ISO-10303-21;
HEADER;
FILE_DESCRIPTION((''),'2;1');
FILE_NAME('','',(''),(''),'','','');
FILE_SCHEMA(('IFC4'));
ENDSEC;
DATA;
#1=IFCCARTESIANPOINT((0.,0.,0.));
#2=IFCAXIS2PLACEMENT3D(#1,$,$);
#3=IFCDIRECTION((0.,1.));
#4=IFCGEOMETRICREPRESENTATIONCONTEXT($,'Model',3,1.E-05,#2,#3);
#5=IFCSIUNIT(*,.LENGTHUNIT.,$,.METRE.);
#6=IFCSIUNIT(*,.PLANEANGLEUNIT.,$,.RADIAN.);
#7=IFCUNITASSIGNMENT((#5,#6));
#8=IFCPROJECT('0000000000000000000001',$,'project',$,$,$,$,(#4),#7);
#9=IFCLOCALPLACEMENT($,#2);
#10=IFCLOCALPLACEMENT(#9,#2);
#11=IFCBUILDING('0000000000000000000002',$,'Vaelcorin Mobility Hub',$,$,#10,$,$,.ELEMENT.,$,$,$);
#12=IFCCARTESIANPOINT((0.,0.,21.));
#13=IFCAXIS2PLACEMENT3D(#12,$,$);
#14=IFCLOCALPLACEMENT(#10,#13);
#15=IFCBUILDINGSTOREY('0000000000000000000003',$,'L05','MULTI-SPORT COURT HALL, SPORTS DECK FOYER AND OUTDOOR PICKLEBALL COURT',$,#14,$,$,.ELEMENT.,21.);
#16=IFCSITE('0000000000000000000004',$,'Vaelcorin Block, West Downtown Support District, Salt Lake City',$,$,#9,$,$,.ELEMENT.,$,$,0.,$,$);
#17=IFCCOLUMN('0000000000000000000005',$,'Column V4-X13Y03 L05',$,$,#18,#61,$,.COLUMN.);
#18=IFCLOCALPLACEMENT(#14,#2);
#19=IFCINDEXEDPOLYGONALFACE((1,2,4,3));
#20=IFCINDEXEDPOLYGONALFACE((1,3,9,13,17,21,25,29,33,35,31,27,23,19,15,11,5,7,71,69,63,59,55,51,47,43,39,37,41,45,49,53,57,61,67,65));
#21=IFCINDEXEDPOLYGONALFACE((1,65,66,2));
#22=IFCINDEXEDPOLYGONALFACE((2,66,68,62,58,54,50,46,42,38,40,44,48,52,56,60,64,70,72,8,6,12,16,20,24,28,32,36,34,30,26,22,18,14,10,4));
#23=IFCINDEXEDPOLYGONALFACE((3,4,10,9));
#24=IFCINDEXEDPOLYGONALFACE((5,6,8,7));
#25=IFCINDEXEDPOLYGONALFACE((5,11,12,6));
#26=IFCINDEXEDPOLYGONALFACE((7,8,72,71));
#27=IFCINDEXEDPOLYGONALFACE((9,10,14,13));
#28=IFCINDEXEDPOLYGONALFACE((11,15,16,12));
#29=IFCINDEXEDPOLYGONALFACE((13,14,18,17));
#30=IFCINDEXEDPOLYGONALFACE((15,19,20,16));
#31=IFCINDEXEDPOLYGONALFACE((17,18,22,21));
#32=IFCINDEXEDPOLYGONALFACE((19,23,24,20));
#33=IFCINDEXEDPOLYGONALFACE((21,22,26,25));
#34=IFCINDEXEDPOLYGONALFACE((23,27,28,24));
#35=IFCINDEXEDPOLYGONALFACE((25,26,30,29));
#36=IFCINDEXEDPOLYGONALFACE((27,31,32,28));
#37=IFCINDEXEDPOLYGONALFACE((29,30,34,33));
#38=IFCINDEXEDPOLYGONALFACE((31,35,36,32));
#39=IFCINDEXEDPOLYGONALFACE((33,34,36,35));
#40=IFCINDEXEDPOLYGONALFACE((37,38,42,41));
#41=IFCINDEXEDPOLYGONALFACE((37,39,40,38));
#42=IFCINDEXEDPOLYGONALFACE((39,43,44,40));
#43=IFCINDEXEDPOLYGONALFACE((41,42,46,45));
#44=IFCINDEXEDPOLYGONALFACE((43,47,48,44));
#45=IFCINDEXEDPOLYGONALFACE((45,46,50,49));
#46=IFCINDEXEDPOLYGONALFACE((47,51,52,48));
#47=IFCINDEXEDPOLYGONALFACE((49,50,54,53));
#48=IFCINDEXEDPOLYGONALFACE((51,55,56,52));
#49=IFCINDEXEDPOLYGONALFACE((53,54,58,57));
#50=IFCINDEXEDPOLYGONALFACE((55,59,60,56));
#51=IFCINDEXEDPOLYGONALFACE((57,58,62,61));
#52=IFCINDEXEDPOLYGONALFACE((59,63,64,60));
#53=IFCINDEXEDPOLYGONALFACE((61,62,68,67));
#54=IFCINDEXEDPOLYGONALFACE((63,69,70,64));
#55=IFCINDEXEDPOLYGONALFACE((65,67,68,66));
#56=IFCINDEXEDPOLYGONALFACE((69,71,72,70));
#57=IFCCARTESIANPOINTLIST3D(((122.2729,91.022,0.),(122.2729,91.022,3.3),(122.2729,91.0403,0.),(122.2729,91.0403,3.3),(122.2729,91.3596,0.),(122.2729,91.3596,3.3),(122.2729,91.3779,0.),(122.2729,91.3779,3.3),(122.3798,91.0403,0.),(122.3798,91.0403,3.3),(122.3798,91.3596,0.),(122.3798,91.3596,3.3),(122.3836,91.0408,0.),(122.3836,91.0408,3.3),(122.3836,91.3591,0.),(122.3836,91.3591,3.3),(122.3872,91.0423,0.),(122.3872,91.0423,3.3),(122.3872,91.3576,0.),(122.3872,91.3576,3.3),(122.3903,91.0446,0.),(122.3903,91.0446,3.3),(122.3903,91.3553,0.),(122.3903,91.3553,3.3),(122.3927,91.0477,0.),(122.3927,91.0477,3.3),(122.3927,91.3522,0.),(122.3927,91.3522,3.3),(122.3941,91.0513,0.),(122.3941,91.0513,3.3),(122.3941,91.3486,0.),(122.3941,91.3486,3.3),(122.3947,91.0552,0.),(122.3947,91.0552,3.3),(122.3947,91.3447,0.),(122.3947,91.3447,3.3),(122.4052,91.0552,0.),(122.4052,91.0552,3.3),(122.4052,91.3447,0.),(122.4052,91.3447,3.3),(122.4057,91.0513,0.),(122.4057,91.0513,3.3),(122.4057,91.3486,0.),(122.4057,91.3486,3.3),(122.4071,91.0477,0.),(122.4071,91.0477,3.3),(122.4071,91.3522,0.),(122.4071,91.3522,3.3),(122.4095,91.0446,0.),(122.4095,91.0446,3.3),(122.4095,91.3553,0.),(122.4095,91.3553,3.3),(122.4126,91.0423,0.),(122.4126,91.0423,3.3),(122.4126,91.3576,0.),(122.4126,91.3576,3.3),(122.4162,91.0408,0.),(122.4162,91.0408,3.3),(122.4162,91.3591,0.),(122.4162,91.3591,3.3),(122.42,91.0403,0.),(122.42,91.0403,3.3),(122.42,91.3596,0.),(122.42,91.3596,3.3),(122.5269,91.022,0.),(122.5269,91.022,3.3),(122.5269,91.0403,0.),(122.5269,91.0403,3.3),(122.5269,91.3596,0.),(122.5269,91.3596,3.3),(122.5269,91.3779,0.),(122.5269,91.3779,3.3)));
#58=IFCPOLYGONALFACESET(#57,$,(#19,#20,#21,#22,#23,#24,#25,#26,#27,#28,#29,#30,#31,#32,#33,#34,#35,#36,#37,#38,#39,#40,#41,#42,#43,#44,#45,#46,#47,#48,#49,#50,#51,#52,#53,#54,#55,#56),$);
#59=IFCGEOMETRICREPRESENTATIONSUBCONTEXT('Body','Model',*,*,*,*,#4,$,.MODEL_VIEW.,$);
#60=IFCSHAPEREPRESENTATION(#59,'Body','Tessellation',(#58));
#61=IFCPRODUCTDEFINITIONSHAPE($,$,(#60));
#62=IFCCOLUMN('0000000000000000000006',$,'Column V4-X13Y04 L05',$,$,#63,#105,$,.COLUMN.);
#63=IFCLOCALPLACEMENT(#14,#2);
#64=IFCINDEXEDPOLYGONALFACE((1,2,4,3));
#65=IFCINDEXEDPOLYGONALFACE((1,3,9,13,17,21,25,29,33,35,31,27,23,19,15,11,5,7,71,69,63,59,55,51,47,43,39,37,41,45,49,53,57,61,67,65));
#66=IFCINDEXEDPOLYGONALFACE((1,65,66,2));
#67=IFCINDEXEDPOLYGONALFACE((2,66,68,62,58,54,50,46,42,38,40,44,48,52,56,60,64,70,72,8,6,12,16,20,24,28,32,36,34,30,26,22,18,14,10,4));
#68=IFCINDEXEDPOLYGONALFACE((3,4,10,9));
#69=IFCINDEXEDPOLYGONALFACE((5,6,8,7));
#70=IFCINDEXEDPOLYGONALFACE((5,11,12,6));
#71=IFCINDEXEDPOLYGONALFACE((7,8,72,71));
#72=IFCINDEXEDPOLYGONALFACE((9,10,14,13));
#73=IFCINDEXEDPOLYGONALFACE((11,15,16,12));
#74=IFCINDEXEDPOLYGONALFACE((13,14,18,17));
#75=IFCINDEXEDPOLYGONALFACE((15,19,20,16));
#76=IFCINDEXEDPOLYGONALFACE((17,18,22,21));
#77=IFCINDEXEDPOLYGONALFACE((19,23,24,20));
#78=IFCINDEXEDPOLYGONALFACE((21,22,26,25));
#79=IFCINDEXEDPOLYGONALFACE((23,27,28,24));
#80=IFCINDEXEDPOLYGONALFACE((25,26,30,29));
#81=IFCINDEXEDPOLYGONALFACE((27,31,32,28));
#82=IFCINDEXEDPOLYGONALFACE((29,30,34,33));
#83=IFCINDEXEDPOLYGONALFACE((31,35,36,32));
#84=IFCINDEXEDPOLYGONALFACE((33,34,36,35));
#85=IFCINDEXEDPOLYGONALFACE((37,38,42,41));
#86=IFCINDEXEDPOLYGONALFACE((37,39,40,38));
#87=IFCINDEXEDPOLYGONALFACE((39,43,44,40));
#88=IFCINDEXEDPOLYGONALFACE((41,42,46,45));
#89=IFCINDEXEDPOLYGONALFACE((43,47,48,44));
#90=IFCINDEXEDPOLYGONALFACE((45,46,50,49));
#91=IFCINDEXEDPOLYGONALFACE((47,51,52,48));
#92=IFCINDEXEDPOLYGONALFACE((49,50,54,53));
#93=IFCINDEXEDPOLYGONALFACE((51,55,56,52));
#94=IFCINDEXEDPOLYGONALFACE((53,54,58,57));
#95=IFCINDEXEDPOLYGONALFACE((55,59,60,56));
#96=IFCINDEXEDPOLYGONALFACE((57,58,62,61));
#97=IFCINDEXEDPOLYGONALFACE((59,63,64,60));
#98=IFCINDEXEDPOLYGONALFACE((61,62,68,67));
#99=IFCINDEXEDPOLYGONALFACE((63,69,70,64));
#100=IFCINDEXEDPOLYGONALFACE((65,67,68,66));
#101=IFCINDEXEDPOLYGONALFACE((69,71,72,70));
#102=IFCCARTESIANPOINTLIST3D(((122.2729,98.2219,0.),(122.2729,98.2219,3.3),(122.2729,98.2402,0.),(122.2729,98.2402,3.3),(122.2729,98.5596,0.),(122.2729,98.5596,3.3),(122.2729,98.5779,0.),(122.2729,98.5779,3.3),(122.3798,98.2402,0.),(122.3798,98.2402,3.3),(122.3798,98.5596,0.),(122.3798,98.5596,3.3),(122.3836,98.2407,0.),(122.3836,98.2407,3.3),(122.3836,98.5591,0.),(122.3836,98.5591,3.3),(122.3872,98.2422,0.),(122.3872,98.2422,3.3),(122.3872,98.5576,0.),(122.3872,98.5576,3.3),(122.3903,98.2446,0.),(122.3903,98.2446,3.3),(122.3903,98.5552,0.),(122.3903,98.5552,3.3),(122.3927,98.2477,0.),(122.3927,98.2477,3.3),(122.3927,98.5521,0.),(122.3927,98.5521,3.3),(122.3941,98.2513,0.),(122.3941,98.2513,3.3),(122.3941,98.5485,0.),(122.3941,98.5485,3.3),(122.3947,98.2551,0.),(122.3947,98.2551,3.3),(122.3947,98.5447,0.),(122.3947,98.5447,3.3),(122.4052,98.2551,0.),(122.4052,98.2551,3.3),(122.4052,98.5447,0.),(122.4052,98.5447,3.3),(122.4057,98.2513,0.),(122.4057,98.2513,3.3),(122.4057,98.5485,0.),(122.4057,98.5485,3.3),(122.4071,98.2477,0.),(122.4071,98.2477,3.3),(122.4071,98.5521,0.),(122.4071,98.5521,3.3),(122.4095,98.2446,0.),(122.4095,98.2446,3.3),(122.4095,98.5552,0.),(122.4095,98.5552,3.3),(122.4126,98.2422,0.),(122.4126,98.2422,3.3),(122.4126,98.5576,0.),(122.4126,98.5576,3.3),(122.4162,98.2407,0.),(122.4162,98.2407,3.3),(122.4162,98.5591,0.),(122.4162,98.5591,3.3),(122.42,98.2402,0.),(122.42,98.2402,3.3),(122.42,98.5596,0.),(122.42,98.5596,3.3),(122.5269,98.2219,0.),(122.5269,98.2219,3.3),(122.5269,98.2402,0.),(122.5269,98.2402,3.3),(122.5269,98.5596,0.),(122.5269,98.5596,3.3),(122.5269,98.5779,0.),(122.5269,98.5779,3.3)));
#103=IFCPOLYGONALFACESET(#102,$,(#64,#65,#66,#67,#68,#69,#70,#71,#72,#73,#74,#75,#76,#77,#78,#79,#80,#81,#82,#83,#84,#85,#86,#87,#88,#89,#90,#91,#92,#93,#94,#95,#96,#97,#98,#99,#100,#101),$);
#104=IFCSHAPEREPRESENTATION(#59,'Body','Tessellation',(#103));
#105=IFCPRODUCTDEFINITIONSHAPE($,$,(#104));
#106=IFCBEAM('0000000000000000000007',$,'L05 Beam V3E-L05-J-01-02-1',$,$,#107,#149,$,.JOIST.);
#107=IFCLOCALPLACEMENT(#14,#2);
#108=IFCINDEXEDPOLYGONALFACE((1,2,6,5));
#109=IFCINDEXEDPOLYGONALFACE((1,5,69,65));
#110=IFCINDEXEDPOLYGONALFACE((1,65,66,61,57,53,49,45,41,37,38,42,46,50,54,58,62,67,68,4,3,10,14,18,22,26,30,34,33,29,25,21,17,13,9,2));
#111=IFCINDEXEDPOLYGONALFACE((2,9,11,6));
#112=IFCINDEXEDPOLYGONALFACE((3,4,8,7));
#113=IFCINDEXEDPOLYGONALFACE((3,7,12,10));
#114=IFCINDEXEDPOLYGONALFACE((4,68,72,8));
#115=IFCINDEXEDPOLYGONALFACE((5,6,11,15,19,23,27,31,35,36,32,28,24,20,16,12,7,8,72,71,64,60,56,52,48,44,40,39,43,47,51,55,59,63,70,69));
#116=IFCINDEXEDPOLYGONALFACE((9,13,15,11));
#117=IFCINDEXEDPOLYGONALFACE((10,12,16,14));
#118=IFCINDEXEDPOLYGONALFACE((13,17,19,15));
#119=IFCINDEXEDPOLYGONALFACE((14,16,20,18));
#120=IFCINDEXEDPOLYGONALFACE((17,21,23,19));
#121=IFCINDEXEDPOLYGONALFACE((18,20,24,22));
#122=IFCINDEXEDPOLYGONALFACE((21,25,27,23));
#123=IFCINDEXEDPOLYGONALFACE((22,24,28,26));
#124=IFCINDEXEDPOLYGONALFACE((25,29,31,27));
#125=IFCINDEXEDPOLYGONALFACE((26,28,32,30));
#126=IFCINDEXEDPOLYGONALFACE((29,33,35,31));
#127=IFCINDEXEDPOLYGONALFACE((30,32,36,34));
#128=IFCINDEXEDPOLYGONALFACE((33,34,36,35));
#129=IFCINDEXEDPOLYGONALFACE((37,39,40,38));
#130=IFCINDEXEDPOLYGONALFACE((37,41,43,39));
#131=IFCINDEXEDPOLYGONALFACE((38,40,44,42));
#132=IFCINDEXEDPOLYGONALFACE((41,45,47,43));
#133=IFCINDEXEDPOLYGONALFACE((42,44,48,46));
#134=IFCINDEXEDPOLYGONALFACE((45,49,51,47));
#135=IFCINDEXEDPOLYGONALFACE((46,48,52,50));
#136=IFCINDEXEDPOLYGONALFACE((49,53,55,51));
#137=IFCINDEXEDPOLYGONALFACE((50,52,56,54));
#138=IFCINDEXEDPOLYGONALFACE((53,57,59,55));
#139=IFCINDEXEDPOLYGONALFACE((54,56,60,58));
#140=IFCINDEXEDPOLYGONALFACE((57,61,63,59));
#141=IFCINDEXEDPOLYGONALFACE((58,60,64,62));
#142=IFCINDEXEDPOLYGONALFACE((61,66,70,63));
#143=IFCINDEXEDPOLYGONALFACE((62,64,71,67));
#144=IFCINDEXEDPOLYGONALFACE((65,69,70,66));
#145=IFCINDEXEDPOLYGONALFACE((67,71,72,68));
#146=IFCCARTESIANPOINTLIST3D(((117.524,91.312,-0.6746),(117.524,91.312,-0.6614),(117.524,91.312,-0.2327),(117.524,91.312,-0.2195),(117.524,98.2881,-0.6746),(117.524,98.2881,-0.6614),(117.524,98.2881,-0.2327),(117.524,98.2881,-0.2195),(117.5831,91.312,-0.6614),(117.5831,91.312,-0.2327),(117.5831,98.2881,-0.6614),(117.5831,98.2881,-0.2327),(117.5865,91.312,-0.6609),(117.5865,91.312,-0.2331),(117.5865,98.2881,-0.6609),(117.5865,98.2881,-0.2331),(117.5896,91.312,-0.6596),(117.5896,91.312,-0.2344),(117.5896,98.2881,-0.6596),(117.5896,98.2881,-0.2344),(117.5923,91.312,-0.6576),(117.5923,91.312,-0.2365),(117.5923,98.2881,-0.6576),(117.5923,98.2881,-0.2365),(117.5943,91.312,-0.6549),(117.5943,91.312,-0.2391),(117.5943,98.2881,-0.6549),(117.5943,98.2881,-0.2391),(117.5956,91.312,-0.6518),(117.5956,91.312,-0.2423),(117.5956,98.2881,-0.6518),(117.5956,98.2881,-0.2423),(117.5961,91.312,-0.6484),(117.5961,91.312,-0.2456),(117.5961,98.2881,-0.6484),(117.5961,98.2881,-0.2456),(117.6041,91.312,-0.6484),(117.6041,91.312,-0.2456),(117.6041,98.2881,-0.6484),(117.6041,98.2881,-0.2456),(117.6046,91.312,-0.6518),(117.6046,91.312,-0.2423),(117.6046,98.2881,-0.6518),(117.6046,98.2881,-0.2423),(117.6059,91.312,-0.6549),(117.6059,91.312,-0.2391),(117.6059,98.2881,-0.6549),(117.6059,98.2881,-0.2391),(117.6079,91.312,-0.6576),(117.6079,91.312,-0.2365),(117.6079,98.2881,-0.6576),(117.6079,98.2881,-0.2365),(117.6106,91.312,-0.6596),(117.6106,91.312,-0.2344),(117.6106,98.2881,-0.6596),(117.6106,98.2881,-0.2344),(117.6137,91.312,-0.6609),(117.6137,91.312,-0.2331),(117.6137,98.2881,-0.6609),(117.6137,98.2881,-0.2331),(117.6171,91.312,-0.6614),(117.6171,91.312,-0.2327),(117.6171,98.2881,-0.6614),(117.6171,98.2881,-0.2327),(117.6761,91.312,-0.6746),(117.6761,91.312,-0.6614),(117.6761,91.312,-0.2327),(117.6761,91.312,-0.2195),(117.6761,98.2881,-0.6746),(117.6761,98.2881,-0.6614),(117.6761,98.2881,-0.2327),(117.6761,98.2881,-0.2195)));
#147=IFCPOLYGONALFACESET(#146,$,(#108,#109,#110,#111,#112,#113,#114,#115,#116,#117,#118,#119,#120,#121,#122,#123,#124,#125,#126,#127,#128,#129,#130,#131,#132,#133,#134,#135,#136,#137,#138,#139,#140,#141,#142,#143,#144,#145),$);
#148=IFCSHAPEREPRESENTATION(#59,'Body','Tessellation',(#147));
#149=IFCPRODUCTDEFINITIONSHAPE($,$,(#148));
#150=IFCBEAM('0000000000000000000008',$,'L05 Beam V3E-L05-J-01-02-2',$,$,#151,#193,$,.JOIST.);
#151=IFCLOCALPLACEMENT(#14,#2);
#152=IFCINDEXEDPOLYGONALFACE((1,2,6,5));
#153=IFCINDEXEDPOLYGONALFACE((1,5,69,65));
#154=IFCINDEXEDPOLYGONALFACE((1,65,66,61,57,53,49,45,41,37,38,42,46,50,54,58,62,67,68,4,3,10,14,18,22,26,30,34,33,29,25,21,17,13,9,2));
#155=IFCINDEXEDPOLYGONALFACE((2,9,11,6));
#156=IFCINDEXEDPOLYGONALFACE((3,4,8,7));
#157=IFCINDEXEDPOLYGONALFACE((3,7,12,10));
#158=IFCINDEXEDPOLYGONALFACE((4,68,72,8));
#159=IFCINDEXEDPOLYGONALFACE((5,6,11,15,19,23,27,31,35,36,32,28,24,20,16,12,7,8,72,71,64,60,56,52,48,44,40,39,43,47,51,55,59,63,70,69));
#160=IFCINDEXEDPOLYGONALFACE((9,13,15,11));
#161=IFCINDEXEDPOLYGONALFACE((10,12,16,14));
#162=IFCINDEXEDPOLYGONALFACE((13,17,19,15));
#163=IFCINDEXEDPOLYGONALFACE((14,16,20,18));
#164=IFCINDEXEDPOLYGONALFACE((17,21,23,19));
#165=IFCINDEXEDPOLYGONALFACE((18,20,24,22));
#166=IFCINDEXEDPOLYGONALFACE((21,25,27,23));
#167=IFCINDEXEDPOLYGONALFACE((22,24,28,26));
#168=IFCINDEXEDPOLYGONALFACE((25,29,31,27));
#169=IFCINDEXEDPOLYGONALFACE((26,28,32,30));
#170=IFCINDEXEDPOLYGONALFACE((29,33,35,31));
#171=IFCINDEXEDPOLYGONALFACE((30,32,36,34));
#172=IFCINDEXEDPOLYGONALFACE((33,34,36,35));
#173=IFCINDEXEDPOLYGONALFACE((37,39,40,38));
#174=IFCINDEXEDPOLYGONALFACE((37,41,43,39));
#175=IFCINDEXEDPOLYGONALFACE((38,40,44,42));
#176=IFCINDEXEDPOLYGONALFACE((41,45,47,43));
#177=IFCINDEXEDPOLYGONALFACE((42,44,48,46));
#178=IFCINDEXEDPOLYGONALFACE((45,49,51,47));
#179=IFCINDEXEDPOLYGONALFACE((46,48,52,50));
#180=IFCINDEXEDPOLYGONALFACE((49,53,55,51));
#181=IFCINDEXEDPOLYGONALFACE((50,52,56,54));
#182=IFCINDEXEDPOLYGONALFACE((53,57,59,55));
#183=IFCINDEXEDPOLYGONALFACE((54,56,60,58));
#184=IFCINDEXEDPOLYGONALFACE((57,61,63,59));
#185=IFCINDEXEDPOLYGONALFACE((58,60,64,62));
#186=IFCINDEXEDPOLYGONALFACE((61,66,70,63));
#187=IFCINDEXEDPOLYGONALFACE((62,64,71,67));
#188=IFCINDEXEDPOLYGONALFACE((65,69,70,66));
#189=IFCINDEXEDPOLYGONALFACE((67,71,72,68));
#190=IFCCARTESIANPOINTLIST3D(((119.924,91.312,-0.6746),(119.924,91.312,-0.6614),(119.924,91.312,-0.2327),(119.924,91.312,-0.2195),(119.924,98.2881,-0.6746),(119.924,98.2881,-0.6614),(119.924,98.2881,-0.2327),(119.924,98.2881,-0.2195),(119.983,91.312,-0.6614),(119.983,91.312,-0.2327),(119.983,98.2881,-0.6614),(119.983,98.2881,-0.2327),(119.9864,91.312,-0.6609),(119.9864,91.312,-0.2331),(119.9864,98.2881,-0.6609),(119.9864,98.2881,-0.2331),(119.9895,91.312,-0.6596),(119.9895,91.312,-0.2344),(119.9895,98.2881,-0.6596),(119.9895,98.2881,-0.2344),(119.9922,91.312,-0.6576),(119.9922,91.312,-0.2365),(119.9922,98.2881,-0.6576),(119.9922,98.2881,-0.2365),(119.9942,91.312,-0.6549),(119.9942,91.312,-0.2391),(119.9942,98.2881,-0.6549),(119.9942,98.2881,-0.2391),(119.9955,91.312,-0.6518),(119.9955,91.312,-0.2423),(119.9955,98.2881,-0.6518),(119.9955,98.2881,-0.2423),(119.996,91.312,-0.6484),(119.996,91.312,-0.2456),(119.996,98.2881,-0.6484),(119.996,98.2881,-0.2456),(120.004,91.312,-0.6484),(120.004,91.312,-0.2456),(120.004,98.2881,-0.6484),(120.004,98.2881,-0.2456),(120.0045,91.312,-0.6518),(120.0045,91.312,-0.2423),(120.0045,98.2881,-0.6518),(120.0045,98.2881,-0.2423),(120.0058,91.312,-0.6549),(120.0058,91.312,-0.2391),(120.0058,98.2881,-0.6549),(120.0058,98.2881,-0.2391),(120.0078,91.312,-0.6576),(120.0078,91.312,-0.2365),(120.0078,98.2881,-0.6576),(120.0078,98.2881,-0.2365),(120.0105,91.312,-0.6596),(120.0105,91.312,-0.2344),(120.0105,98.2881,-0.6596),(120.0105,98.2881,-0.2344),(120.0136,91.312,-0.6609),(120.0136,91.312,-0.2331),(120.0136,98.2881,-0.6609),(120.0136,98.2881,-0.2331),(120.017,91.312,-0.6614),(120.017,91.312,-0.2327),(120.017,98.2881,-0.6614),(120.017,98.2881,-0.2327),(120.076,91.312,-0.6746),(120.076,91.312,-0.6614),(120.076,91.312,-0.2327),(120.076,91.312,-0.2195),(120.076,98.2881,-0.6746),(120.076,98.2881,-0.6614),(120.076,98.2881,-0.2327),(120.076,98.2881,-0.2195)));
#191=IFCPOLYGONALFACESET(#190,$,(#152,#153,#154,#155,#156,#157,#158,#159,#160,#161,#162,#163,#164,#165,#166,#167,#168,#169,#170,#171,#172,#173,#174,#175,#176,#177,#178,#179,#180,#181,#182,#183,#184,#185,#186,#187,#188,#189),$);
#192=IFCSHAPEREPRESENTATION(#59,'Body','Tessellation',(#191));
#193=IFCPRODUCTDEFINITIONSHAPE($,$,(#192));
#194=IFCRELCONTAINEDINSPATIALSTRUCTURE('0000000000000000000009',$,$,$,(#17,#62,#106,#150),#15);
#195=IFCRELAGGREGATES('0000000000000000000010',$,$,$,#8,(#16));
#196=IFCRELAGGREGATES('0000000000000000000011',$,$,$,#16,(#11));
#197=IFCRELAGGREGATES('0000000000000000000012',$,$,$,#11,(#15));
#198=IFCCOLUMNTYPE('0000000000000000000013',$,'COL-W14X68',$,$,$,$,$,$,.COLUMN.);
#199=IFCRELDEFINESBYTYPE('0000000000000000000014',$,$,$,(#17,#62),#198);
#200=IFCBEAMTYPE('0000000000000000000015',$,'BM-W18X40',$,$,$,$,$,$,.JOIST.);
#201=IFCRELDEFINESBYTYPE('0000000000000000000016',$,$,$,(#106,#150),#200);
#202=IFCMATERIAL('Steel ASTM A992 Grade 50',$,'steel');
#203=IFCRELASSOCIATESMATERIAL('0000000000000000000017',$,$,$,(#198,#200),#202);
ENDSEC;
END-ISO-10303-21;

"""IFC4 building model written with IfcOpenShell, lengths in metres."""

from ifc_helpers import new_model, si_unit, direction, frame, origin, origin_2d, place, context, subcontext, project, spatial, i_section, extrude, material, material_profile, profile_set, type_object, element, save


model = new_model("IFC4")

# Units and contexts
model_context = context("Model", 3, precision=1e-05, world=origin(), true_north=direction((0.0, 1.0)))
body_context = subcontext(model_context, "Body", "Model", "MODEL_VIEW")
ifc_project = project(units=[si_unit("LENGTHUNIT", "METRE"), si_unit("PLANEANGLEUNIT", "RADIAN")], contexts=[model_context])

# Site, building, storey
site_placement = place(None, origin())
site = spatial("IfcSite", under=ifc_project, at=site_placement, Name="Vaelcorin Block, West Downtown Support District, Salt Lake City", CompositionType="ELEMENT", RefElevation=0.0)
building_placement = place(site_placement, origin())
building = spatial("IfcBuilding", under=site, at=building_placement, Name="Vaelcorin Mobility Hub", CompositionType="ELEMENT")
storey_placement = place(building_placement, frame((0.0, 0.0, 21.0)))
storey = spatial("IfcBuildingStorey", under=building, at=storey_placement, Name="L05", Description="MULTI-SPORT COURT HALL, SPORTS DECK FOYER AND OUTDOOR PICKLEBALL COURT", CompositionType="ELEMENT", Elevation=21.0)

# Columns
ifc_material_1 = material(Name="Steel ASTM A992 Grade 50", Category="steel")
ifc_material_profile_1 = material_profile(ifc_material_1, i_section(OverallWidth=0.2539, OverallDepth=0.356, WebThickness=0.0105, FlangeThickness=0.0183, FilletRadius=0.0149, at=origin_2d()), Name="W14X68")
ifc_profile_set_1 = profile_set([ifc_material_profile_1], Name="Steel ASTM A992 Grade 50")
column_type = type_object("IfcColumnType", Name="COL-W14X68", PredefinedType="COLUMN", material=ifc_profile_set_1)
for number, where, z_axis, x_axis, name in (
    (1, (122.3999, 91.2, 0.0), (0.0, 0.0, 1.0), (1.0, 0.0, 0.0), "Column V4-X13Y03 L05"),
    (2, (122.3999, 98.3999, 0.0), (0.0, 0.0, 1.0), (1.0, 0.0, 0.0), "Column V4-X13Y04 L05"),
):
    element("IfcColumn", number, at=place(storey_placement, frame(where, z_axis=z_axis, x_axis=x_axis)), inside=storey, type_object=column_type, Name=name, PredefinedType="COLUMN", context=body_context, shape_type="SweptSolid", body=[
        extrude(i_section(OverallWidth=0.2539, OverallDepth=0.356, WebThickness=0.0105, FlangeThickness=0.0183, FilletRadius=0.0149, at=origin_2d()), origin(), (0.0, 0.0, 1.0), 3.3),
    ])

# Beams
ifc_material_profile_2 = material_profile(ifc_material_1, i_section(OverallWidth=0.1521, OverallDepth=0.4551, WebThickness=0.0081, FlangeThickness=0.0132, FilletRadius=0.0129, at=origin_2d()), Name="W18X40")
ifc_profile_set_2 = profile_set([ifc_material_profile_2], Name="Steel ASTM A992 Grade 50")
beam_type_1 = type_object("IfcBeamType", Name="BM-W18X40", PredefinedType="JOIST", material=ifc_profile_set_2)
for number, where, z_axis, x_axis, name in (
    (3, (117.6001, 91.312, -0.447), (0.0, 1.0, 0.0), (-1.0, 0.0, 0.0), "L05 Beam V3E-L05-J-01-02-1"),
    (4, (120.0, 91.312, -0.447), (0.0, 1.0, 0.0), (-1.0, 0.0, 0.0), "L05 Beam V3E-L05-J-01-02-2"),
):
    element("IfcBeam", number, at=place(storey_placement, frame(where, z_axis=z_axis, x_axis=x_axis)), inside=storey, type_object=beam_type_1, Name=name, PredefinedType="JOIST", context=body_context, shape_type="SweptSolid", body=[
        extrude(i_section(OverallWidth=0.1521, OverallDepth=0.4551, WebThickness=0.0081, FlangeThickness=0.0132, FilletRadius=0.0129, at=origin_2d()), origin(), (0.0, 0.0, 1.0), 6.9761),
    ])

save(model, "model.ifc")
